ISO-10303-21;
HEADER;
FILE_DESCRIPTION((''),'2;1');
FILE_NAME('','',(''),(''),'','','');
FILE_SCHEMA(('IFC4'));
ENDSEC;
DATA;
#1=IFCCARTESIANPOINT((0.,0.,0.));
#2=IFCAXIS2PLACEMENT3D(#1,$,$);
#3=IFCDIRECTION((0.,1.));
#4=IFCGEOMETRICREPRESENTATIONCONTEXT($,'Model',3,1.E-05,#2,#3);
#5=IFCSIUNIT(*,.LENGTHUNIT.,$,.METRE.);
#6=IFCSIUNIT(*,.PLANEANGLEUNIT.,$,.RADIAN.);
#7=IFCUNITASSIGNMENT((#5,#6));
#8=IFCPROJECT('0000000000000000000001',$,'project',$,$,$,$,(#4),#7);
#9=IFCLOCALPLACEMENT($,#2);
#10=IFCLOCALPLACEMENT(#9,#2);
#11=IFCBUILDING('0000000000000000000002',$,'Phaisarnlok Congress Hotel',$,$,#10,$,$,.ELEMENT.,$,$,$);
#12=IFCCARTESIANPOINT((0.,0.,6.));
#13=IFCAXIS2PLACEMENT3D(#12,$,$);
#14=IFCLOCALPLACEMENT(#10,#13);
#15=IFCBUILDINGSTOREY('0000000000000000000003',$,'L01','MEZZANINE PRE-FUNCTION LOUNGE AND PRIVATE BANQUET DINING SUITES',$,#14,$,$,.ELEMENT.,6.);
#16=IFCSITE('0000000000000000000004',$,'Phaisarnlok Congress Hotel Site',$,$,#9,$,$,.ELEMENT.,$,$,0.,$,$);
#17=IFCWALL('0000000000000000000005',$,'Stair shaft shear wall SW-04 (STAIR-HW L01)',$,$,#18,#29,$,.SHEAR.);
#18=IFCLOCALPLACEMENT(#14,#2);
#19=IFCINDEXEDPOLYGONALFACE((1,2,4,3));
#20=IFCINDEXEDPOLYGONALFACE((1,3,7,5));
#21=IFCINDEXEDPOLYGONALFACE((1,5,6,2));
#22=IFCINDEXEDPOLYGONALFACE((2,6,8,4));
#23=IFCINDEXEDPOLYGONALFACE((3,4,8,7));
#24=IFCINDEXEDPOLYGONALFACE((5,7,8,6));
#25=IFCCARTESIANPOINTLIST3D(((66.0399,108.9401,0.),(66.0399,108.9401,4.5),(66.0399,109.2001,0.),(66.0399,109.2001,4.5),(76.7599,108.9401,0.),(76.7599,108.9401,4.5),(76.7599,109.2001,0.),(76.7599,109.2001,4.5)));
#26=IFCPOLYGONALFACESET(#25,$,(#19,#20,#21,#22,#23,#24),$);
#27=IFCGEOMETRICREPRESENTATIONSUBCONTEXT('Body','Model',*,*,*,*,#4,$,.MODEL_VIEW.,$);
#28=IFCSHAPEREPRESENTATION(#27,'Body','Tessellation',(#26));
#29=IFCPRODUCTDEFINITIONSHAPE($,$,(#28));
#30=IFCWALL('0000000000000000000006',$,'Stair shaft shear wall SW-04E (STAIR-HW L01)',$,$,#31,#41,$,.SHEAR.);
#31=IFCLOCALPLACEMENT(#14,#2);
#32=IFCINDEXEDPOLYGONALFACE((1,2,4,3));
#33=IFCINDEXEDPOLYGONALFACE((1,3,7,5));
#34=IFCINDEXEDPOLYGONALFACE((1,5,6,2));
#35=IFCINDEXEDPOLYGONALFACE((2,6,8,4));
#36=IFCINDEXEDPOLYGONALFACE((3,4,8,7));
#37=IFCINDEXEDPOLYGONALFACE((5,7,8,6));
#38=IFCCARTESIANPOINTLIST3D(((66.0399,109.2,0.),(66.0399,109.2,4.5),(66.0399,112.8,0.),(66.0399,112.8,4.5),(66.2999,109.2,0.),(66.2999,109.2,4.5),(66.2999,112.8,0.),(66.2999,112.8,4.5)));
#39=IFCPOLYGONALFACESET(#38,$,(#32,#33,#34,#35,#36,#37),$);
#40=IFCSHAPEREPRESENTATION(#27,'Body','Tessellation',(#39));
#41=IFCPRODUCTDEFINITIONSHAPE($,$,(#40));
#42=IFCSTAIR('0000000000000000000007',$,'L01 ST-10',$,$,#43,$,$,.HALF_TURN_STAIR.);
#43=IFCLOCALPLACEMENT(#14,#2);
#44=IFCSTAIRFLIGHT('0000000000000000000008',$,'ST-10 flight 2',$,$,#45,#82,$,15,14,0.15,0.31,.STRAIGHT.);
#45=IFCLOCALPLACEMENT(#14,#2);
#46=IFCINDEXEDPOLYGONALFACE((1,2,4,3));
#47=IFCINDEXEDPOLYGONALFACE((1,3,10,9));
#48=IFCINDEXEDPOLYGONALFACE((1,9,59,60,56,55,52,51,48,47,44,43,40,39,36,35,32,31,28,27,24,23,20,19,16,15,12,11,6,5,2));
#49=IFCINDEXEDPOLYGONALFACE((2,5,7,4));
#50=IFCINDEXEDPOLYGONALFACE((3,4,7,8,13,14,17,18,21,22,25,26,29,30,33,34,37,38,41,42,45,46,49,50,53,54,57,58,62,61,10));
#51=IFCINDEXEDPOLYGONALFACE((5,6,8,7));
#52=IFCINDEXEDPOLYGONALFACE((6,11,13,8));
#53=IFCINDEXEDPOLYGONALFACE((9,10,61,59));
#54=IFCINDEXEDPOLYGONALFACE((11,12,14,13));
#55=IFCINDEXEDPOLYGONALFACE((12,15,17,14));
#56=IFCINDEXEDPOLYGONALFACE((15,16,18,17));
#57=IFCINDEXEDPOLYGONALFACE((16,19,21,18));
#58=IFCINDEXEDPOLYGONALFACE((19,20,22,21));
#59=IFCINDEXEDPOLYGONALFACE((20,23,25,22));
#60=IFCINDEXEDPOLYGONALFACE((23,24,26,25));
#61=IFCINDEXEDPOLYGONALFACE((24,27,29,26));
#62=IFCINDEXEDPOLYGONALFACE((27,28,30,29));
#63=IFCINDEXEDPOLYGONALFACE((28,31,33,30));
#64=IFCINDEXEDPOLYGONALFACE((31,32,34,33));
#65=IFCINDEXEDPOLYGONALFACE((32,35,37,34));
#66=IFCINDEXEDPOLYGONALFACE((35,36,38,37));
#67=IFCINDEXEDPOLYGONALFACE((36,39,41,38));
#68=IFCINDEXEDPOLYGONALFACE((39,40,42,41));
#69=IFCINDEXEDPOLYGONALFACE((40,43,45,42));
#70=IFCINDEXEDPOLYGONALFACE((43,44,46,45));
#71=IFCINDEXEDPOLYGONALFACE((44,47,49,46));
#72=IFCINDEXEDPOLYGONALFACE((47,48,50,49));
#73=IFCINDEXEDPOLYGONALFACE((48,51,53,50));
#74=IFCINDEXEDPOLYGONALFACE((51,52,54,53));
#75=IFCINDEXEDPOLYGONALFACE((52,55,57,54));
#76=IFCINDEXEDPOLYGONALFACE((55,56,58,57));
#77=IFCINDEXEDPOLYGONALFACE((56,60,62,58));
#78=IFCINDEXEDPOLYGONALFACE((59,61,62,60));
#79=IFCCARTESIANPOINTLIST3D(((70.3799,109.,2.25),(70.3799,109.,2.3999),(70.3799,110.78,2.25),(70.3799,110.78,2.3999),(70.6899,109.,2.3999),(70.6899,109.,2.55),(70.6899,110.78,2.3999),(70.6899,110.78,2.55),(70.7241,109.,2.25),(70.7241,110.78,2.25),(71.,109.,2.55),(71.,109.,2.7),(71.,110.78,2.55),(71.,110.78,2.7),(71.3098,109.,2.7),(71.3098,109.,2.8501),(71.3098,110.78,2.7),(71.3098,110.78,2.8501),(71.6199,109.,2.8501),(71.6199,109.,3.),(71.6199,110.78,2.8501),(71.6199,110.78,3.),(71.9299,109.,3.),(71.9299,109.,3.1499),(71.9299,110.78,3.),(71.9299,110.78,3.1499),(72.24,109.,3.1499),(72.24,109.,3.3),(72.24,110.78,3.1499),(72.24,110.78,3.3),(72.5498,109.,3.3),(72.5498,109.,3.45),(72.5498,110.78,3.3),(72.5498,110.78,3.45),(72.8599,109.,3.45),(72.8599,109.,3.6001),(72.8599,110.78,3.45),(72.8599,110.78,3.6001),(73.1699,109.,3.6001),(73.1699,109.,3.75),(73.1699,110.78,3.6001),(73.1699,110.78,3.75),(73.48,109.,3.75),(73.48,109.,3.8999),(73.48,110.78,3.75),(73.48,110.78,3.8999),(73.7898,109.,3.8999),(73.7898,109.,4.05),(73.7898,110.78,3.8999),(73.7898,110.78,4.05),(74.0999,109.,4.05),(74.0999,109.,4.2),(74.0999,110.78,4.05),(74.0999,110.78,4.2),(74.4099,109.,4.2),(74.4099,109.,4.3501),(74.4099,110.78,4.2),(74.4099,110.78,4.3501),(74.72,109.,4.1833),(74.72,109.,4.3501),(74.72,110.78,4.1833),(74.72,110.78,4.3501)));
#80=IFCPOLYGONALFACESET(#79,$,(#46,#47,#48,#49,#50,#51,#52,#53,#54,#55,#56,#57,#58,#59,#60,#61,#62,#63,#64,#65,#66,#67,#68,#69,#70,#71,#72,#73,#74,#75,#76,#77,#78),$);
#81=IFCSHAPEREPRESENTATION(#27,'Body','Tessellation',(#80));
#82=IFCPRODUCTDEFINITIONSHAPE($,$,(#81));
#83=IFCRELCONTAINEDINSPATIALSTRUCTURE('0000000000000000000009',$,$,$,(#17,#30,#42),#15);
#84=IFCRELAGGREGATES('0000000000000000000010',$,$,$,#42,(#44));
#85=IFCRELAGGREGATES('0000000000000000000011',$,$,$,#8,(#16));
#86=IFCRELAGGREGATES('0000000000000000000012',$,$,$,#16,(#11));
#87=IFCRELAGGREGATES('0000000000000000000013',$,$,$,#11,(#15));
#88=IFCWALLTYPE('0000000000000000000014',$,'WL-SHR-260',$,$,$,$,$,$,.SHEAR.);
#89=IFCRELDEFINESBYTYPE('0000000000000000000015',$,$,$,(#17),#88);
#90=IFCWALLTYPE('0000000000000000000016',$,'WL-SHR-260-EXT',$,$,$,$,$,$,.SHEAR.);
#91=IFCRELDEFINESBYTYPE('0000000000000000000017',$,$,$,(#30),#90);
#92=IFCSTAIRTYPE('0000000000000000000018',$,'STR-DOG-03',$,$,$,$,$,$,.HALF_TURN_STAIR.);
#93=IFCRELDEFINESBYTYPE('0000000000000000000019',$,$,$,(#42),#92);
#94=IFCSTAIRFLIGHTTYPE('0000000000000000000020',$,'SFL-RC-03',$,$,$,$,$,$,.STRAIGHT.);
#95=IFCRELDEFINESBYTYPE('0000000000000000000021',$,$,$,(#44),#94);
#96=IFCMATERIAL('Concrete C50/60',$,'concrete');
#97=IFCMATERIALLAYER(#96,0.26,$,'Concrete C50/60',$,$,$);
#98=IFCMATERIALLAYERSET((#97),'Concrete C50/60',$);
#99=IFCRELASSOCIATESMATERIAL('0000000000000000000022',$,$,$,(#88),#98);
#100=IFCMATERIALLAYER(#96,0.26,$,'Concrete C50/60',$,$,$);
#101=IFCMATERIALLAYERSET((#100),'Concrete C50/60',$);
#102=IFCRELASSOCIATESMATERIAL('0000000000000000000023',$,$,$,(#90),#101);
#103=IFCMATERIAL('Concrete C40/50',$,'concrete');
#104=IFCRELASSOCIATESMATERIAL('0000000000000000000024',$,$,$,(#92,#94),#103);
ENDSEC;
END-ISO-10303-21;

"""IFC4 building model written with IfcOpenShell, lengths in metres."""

from ifc_helpers import new_model, si_unit, direction, frame, frame_2d, origin, place, context, subcontext, project, spatial, polyline, rectangle, outline, extrude, material, layer, layer_set, type_object, element, aggregate, save


model = new_model("IFC4")

# Units and contexts
model_context = context("Model", 3, precision=1e-05, world=origin(), true_north=direction((0.0, 1.0)))
body_context = subcontext(model_context, "Body", "Model", "MODEL_VIEW")
ifc_project = project(units=[si_unit("LENGTHUNIT", "METRE"), si_unit("PLANEANGLEUNIT", "RADIAN")], contexts=[model_context])

# Site, building, storey
site_placement = place(None, origin())
site = spatial("IfcSite", under=ifc_project, at=site_placement, Name="Phaisarnlok Congress Hotel Site", CompositionType="ELEMENT", RefElevation=0.0)
building_placement = place(site_placement, origin())
building = spatial("IfcBuilding", under=site, at=building_placement, Name="Phaisarnlok Congress Hotel", CompositionType="ELEMENT")
storey_placement = place(building_placement, frame((0.0, 0.0, 6.0)))
storey = spatial("IfcBuildingStorey", under=building, at=storey_placement, Name="L01", Description="MEZZANINE PRE-FUNCTION LOUNGE AND PRIVATE BANQUET DINING SUITES", CompositionType="ELEMENT", Elevation=6.0)

# Shared definitions
ifc_material_1 = material(Name="Concrete C50/60", Category="concrete")

# Shared definitions
ifc_material_2 = material(Name="Concrete C40/50", Category="concrete")

# Walls
ifc_layer_1 = layer(ifc_material_1, 0.26, Name="Concrete C50/60")
ifc_layer_set_1 = layer_set([ifc_layer_1], Name="Concrete C50/60")
wall_type_1 = type_object("IfcWallType", Name="WL-SHR-260", PredefinedType="SHEAR", material=ifc_layer_set_1)
wall_1_placement = place(storey_placement, frame((66.04, 109.0701, 0.0), z_axis=(0.0, 0.0, 1.0), x_axis=(1.0, 0.0, 0.0)))
element("IfcWall", 1, at=wall_1_placement, inside=storey, type_object=wall_type_1, Name="Stair shaft shear wall SW-04 (STAIR-HW L01)", PredefinedType="SHEAR", context=body_context, shape_type="SweptSolid", body=[
    extrude(rectangle(XDim=10.72, YDim=0.26, at=frame_2d((5.3599, 0.0))), origin(), (0.0, 0.0, 1.0), 4.5),
])
ifc_layer_2 = layer(ifc_material_1, 0.26, Name="Concrete C50/60")
ifc_layer_set_2 = layer_set([ifc_layer_2], Name="Concrete C50/60")
wall_type_2 = type_object("IfcWallType", Name="WL-SHR-260-EXT", PredefinedType="SHEAR", material=ifc_layer_set_2)
wall_2_placement = place(storey_placement, frame((66.1699, 109.2, 0.0), z_axis=(0.0, 0.0, 1.0), x_axis=(0.0, 1.0, 0.0)))
element("IfcWall", 2, at=wall_2_placement, inside=storey, type_object=wall_type_2, Name="Stair shaft shear wall SW-04E (STAIR-HW L01)", PredefinedType="SHEAR", context=body_context, shape_type="SweptSolid", body=[
    extrude(rectangle(XDim=3.6001, YDim=0.26, at=frame_2d((1.8, 0.0))), origin(), (0.0, 0.0, 1.0), 4.5),
])

# Stair, stair flight
stair_type = type_object("IfcStairType", Name="STR-DOG-03", PredefinedType="HALF_TURN_STAIR", material=ifc_material_2)
stair_placement = place(storey_placement, origin())
stair = element("IfcStair", 3, at=stair_placement, inside=storey, type_object=stair_type, Name="L01 ST-10", PredefinedType="HALF_TURN_STAIR")
stair_flight_type = type_object("IfcStairFlightType", Name="SFL-RC-03", PredefinedType="STRAIGHT", material=ifc_material_2)
stair_flight_placement = place(storey_placement, frame((70.3799, 109.8899, 2.25), z_axis=(0.0, 0.0, 1.0), x_axis=(1.0, 0.0, 0.0)))
stair_flight = element("IfcStairFlight", 4, at=stair_flight_placement, type_object=stair_flight_type, Name="ST-10 flight 2", NumberOfRisers=15, NumberOfTreads=14, PredefinedType="STRAIGHT", RiserHeight=0.15, TreadLength=0.31, context=body_context, shape_type="SweptSolid", body=[
    extrude(outline(polyline([(0.0, 0.0), (0.0, 0.1499), (0.3101, 0.1499), (0.3101, 0.3), (0.6201, 0.3), (0.6201, 0.45), (0.9299, 0.45), (0.9299, 0.6001), (1.24, 0.6001), (1.24, 0.75), (1.55, 0.75), (1.55, 0.8999), (1.8601, 0.8999), (1.8601, 1.05), (2.1699, 1.05), (2.1699, 1.2), (2.48, 1.2), (2.48, 1.3501), (2.79, 1.3501), (2.79, 1.5), (3.1001, 1.5), (3.1001, 1.6499), (3.4099, 1.6499), (3.4099, 1.8), (3.72, 1.8), (3.72, 1.95), (4.03, 1.95), (4.03, 2.1001), (4.3401, 2.1001), (4.3401, 2.25), (4.3401, 1.9333), (0.3442, 0.0), (0.0, 0.0)])), frame((0.0, 0.8901, 0.0), z_axis=(0.0, -1.0, 0.0), x_axis=(1.0, 0.0, 0.0)), (0.0, 0.0, 1.0), 1.78),
])
aggregate(stair, [stair_flight])

save(model, "model.ifc")
